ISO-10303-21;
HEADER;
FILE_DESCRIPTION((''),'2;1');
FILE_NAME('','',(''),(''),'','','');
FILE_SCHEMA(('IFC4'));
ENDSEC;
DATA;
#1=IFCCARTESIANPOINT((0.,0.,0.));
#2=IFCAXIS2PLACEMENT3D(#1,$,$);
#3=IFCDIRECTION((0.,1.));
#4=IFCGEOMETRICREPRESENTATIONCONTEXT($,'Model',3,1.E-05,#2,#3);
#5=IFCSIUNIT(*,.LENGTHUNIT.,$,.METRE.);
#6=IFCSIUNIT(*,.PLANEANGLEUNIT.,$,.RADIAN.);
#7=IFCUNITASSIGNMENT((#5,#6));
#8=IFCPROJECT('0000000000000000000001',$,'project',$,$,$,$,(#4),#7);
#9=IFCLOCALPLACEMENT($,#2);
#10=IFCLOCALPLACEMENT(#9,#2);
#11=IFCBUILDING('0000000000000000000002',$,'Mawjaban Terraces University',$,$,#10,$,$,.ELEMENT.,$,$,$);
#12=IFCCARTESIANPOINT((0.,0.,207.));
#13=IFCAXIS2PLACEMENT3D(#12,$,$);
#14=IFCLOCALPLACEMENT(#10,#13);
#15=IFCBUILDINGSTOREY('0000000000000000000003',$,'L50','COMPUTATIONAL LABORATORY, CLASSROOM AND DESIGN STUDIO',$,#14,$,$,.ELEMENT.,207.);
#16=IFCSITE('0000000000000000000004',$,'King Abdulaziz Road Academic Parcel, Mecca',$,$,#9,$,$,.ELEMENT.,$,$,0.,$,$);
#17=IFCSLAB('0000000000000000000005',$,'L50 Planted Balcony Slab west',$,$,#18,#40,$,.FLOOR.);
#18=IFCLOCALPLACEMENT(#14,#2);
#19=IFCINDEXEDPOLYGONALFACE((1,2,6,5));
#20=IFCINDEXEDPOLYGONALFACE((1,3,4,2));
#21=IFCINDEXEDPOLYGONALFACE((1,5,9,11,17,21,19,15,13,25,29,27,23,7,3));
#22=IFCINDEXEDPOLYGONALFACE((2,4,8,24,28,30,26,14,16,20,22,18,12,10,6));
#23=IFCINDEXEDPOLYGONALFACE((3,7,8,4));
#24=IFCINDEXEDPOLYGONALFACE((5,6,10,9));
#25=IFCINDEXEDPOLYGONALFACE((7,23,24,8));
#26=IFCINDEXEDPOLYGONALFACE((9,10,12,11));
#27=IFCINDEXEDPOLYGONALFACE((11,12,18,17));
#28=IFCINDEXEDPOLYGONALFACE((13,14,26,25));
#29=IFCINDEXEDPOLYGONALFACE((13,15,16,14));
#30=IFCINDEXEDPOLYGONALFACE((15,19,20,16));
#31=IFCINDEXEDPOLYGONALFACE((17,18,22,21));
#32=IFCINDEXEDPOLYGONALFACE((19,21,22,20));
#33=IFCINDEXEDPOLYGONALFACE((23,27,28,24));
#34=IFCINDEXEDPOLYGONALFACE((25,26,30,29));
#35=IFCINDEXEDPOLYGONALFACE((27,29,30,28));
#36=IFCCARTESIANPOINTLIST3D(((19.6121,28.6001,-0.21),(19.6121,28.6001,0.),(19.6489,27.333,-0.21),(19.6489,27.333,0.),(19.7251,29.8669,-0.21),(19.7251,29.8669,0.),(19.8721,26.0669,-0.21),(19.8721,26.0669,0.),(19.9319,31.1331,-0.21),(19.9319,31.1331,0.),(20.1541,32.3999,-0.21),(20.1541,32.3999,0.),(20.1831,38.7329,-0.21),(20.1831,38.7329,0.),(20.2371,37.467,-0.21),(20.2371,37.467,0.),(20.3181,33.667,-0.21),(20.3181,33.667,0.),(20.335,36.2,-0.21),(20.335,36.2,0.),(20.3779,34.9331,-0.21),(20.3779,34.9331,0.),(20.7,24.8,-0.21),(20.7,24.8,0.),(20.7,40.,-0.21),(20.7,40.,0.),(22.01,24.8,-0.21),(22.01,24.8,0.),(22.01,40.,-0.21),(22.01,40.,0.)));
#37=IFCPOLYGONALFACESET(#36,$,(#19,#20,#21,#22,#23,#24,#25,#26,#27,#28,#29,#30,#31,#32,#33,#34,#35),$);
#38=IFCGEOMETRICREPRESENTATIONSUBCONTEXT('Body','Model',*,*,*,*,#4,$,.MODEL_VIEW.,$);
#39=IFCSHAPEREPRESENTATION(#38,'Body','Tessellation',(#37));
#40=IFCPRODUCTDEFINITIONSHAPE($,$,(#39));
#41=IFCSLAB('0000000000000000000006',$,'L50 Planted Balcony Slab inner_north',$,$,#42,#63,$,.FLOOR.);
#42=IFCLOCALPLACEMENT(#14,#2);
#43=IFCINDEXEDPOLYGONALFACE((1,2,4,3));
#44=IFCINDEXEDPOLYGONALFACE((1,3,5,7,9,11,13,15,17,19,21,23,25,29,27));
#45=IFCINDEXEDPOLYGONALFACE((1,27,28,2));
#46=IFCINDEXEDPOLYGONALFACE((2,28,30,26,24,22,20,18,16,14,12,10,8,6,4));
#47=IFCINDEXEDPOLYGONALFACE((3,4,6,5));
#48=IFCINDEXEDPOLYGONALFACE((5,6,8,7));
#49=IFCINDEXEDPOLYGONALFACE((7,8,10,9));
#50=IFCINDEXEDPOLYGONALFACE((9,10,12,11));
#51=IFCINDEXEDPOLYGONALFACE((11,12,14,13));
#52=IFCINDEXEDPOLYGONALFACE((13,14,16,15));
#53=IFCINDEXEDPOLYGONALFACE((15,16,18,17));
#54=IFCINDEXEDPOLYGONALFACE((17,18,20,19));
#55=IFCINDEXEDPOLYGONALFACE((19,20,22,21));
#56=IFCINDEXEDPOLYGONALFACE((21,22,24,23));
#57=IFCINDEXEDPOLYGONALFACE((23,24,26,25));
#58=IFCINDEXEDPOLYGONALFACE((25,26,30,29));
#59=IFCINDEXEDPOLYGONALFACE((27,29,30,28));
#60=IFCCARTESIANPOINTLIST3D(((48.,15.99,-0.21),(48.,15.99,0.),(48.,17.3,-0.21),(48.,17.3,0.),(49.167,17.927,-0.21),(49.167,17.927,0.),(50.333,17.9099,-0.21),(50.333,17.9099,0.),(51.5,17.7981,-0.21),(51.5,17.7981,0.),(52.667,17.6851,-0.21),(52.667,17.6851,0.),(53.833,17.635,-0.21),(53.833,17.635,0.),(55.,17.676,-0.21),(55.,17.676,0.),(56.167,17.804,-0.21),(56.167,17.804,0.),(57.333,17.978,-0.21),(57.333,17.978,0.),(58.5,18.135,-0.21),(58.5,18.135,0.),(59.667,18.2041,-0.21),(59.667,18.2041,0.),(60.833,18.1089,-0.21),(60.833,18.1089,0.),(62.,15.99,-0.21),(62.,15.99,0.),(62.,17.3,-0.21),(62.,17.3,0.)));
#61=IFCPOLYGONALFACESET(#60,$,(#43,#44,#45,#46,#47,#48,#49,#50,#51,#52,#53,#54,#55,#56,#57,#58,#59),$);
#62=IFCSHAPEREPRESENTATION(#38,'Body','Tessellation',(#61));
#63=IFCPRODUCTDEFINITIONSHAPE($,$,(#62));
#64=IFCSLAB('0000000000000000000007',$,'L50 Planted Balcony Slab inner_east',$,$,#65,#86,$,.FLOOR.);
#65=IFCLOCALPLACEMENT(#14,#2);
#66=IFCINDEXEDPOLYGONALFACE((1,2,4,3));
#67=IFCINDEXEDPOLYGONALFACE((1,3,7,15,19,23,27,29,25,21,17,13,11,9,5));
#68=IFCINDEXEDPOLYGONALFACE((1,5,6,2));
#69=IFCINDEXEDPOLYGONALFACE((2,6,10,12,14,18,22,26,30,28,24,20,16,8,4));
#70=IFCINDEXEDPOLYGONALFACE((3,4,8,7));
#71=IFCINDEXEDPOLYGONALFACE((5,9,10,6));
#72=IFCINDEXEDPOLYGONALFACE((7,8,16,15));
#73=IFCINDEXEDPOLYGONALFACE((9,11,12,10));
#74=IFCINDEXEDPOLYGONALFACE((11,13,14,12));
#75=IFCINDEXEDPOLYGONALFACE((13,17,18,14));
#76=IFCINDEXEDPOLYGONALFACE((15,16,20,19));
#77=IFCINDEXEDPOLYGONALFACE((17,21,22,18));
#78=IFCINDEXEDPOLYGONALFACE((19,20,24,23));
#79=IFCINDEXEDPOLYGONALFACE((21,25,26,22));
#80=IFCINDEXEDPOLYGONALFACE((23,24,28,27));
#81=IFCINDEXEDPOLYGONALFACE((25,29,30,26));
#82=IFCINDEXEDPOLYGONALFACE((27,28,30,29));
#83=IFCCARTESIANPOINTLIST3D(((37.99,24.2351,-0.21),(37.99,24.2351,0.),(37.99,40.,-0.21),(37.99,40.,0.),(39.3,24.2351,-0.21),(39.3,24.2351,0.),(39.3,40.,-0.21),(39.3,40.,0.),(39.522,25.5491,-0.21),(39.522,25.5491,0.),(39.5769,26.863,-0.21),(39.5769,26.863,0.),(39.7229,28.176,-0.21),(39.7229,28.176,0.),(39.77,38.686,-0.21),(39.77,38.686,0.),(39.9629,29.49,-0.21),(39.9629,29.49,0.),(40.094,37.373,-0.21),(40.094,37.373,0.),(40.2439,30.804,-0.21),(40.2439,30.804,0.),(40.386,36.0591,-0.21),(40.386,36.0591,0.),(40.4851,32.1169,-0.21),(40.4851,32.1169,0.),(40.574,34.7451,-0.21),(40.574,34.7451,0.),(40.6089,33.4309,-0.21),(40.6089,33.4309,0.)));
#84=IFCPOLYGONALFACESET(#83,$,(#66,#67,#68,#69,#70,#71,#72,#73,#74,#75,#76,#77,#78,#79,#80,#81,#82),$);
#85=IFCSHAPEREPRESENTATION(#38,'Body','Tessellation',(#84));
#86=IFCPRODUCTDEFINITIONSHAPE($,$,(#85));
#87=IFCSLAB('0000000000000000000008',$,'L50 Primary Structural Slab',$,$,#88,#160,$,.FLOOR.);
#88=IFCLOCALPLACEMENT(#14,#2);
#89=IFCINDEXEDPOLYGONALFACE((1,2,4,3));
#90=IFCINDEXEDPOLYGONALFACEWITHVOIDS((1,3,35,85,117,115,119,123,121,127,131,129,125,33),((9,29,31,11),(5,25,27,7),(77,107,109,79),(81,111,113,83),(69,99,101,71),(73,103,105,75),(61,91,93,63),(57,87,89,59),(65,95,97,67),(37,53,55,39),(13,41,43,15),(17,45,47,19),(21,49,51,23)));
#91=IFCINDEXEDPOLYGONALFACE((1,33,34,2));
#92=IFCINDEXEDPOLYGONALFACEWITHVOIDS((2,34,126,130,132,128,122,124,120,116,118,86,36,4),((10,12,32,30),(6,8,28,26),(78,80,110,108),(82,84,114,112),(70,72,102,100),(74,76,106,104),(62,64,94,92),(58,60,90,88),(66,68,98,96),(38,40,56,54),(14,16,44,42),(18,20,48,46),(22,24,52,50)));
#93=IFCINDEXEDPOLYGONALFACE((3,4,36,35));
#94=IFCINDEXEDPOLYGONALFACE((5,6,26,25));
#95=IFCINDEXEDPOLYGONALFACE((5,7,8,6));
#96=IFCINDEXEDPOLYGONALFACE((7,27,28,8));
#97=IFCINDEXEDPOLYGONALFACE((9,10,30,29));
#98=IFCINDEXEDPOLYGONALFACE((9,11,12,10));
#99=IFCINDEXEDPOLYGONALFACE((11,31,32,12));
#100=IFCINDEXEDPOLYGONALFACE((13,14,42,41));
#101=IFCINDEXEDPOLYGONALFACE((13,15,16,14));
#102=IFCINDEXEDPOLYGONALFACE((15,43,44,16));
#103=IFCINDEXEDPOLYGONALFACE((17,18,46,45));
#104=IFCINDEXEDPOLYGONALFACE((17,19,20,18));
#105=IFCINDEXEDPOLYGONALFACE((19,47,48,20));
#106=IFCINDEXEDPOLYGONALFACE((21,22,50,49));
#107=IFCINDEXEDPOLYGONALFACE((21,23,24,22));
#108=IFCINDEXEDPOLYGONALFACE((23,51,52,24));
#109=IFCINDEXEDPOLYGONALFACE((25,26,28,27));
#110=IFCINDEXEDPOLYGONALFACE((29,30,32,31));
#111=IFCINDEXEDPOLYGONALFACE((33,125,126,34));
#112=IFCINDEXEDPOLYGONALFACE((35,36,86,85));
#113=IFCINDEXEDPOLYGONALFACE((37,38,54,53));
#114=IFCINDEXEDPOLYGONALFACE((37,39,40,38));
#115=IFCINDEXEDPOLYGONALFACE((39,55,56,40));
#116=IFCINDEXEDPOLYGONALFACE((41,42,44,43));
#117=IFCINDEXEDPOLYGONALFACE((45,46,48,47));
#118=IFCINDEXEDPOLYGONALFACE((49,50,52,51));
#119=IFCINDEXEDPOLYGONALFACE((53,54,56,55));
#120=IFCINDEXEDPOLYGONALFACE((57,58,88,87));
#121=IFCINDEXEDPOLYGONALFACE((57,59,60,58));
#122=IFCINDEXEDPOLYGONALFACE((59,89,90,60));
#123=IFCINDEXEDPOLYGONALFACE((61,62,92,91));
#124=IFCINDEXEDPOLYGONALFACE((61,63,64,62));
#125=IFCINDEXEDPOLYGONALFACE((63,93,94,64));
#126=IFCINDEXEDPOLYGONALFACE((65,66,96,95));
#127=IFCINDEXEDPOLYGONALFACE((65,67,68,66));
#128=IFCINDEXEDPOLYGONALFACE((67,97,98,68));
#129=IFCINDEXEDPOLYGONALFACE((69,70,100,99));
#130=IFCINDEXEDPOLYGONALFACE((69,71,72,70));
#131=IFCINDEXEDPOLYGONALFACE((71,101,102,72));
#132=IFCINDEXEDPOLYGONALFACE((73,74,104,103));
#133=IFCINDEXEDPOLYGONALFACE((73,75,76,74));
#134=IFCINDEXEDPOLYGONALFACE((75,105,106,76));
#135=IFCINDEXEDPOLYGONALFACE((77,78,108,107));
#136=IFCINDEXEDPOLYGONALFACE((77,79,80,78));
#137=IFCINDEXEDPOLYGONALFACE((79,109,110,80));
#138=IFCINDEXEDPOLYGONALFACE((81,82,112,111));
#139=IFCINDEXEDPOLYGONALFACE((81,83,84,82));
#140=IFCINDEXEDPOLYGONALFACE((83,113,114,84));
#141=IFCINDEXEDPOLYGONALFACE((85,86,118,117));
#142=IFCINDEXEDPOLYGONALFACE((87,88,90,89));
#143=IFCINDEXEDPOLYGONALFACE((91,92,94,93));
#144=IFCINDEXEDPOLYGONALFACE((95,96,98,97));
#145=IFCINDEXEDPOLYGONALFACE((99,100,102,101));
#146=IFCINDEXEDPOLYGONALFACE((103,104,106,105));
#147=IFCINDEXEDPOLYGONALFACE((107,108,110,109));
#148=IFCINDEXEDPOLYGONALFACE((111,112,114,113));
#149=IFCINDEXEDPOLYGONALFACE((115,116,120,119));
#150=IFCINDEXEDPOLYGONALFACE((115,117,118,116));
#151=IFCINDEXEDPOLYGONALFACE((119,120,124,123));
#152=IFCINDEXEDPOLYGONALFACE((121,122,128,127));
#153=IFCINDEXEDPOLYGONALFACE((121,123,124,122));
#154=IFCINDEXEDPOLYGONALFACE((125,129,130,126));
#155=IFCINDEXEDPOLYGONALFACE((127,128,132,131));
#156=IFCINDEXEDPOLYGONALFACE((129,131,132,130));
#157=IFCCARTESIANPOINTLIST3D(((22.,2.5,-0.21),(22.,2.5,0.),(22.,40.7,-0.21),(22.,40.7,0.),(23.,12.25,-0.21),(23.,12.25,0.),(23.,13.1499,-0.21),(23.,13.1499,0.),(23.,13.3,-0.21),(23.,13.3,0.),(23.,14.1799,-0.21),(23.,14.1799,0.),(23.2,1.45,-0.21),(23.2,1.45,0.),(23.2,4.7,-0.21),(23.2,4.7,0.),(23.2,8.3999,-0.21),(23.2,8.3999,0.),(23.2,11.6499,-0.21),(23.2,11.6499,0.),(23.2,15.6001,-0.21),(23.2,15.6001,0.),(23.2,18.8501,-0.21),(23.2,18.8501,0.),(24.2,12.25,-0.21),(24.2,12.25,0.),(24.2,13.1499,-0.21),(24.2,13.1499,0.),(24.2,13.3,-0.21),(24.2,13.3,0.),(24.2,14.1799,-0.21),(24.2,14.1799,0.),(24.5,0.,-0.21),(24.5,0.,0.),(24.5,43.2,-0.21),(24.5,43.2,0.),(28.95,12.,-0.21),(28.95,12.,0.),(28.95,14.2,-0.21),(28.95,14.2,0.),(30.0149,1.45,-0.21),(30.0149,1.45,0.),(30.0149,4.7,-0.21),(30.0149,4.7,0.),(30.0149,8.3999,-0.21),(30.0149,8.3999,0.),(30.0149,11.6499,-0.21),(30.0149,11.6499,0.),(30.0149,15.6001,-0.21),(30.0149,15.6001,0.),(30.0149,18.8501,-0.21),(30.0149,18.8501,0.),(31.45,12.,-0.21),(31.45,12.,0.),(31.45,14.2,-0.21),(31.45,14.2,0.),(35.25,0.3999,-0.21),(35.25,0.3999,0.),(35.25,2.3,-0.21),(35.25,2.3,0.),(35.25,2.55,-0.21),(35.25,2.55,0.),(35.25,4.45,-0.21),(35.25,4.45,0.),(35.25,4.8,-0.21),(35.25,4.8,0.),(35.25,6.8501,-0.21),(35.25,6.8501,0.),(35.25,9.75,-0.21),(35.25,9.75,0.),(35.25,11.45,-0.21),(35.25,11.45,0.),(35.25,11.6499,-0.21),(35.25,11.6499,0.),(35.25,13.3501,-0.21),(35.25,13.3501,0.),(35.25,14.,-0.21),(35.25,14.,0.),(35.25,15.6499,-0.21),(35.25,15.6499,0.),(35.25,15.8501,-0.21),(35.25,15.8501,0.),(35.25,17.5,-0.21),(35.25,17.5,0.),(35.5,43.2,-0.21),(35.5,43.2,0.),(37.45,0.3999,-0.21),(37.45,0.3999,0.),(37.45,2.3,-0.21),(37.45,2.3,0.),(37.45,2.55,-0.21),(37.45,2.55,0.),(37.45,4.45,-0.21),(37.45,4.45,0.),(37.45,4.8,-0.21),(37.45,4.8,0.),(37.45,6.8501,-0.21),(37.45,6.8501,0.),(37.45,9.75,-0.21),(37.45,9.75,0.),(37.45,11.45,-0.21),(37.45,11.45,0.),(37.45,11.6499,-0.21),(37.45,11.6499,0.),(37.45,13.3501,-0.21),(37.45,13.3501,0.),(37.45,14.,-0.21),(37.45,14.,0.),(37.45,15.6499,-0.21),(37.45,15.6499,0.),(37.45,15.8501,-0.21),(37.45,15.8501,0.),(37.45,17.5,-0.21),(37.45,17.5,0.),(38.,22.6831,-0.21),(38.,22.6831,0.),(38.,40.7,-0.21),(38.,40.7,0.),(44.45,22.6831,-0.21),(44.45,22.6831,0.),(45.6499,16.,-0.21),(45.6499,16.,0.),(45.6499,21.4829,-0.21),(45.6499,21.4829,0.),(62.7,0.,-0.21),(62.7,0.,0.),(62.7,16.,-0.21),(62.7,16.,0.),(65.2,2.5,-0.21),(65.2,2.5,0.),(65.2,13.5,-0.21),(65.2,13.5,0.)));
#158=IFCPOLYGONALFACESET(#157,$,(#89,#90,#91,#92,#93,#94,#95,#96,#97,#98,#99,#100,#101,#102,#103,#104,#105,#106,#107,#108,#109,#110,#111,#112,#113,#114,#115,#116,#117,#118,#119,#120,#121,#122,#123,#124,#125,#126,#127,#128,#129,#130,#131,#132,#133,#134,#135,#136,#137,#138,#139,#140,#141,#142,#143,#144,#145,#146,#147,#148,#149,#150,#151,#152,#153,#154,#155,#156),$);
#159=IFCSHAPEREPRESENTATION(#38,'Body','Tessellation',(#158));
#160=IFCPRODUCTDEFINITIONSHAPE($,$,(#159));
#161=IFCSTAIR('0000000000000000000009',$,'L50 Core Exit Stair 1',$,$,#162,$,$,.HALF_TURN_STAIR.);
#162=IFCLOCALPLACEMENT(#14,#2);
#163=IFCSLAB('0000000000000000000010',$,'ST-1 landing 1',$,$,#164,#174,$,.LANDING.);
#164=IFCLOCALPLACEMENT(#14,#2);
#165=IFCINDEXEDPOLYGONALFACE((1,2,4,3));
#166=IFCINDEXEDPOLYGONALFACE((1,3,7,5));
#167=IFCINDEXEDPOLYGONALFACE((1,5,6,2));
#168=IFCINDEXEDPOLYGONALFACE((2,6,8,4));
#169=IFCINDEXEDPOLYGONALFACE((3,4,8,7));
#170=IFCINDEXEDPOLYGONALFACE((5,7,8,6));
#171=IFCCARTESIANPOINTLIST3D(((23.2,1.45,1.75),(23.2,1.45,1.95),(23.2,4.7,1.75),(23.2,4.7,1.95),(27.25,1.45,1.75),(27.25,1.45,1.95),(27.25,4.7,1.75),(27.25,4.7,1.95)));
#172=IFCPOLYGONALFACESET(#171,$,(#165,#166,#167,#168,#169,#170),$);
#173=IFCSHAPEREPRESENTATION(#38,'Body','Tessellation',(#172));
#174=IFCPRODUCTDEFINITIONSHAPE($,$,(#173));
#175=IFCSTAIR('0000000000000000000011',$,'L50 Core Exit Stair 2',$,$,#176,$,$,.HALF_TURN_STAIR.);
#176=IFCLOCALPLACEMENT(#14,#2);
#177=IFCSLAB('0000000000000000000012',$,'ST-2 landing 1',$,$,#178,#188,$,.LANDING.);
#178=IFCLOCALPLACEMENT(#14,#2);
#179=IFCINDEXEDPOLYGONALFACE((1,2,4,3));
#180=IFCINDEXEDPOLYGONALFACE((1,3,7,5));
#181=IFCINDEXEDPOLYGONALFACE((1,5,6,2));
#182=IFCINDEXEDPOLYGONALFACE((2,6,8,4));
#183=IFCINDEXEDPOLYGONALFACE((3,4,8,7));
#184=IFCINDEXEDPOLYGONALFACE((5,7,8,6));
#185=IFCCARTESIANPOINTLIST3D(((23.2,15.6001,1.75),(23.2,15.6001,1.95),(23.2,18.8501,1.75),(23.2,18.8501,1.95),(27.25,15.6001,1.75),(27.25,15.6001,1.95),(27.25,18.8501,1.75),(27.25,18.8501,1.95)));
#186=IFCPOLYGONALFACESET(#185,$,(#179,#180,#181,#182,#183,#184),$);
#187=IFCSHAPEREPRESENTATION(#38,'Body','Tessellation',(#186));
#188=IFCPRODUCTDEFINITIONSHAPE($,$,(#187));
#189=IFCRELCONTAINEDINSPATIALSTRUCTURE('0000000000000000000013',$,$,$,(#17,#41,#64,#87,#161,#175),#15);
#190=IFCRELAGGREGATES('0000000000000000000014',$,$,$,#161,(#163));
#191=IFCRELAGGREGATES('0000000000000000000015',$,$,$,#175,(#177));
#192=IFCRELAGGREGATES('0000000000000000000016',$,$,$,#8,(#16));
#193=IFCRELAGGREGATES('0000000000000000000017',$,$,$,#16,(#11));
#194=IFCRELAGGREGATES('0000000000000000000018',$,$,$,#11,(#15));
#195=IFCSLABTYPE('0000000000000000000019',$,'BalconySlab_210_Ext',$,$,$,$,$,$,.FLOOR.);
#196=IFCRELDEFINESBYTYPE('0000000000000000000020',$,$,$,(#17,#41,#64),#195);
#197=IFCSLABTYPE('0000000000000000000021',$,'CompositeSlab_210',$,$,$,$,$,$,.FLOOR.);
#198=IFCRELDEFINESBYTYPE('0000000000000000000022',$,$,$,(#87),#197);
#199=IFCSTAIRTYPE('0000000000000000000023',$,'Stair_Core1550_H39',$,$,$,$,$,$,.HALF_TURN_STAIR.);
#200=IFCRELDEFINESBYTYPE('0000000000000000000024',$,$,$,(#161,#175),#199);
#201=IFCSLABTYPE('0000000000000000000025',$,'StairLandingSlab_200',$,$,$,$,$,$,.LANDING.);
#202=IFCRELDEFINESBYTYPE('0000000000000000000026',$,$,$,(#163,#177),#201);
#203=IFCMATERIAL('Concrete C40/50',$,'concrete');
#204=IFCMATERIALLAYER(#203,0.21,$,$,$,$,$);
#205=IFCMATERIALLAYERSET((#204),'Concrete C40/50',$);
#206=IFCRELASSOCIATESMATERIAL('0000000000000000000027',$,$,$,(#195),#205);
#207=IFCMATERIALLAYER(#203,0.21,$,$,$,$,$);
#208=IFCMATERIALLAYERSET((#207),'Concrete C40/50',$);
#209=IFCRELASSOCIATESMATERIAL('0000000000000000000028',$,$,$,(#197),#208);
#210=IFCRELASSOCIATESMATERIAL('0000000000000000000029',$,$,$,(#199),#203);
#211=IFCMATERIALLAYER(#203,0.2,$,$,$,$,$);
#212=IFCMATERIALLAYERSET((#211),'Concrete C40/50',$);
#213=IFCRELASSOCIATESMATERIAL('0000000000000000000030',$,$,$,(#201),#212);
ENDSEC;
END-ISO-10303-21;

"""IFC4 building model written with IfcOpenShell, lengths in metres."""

from ifc_helpers import new_model, si_unit, direction, frame, origin, place, context, subcontext, project, spatial, polyline, outline, extrude, material, layer, layer_set, type_object, element, aggregate, save


model = new_model("IFC4")

# Units and contexts
model_context = context("Model", 3, precision=1e-05, world=origin(), true_north=direction((0.0, 1.0)))
body_context = subcontext(model_context, "Body", "Model", "MODEL_VIEW")
ifc_project = project(units=[si_unit("LENGTHUNIT", "METRE"), si_unit("PLANEANGLEUNIT", "RADIAN")], contexts=[model_context])

# Site, building, storey
site_placement = place(None, origin())
site = spatial("IfcSite", under=ifc_project, at=site_placement, Name="King Abdulaziz Road Academic Parcel, Mecca", CompositionType="ELEMENT", RefElevation=0.0)
building_placement = place(site_placement, origin())
building = spatial("IfcBuilding", under=site, at=building_placement, Name="Mawjaban Terraces University", CompositionType="ELEMENT")
storey_placement = place(building_placement, frame((0.0, 0.0, 207.0)))
storey = spatial("IfcBuildingStorey", under=building, at=storey_placement, Name="L50", Description="COMPUTATIONAL LABORATORY, CLASSROOM AND DESIGN STUDIO", CompositionType="ELEMENT", Elevation=207.0)

# Slabs
ifc_material_1 = material(Name="Concrete C40/50", Category="concrete")
ifc_layer_1 = layer(ifc_material_1, 0.21)
ifc_layer_set_1 = layer_set([ifc_layer_1], Name="Concrete C40/50")
slab_type_1 = type_object("IfcSlabType", Name="BalconySlab_210_Ext", PredefinedType="FLOOR", material=ifc_layer_set_1)
slab_1_placement = place(storey_placement, frame((0.0, 0.0, -0.21)))
element("IfcSlab", 1, at=slab_1_placement, inside=storey, type_object=slab_type_1, Name="L50 Planted Balcony Slab west", PredefinedType="FLOOR", context=body_context, shape_type="SweptSolid", body=[
    extrude(outline(polyline([(22.01, 24.8), (22.01, 40.0), (20.7, 40.0), (20.1831, 38.7329), (20.2371, 37.467), (20.335, 36.2), (20.3779, 34.9331), (20.3181, 33.667), (20.1541, 32.3999), (19.9319, 31.1331), (19.7251, 29.8669), (19.6121, 28.6001), (19.6489, 27.333), (19.8721, 26.0669), (20.7, 24.8), (22.01, 24.8)])), origin(), (0.0, 0.0, 1.0), 0.21),
])
slab_2_placement = place(storey_placement, frame((0.0, 0.0, -0.21)))
element("IfcSlab", 2, at=slab_2_placement, inside=storey, type_object=slab_type_1, Name="L50 Planted Balcony Slab inner_north", PredefinedType="FLOOR", context=body_context, shape_type="SweptSolid", body=[
    extrude(outline(polyline([(48.0, 15.99), (62.0, 15.99), (62.0, 17.3), (60.833, 18.1089), (59.667, 18.2041), (58.5, 18.135), (57.333, 17.978), (56.167, 17.804), (55.0, 17.676), (53.833, 17.635), (52.667, 17.6851), (51.5, 17.7981), (50.333, 17.9099), (49.167, 17.927), (48.0, 17.3), (48.0, 15.99)])), origin(), (0.0, 0.0, 1.0), 0.21),
])
slab_3_placement = place(storey_placement, frame((0.0, 0.0, -0.21)))
element("IfcSlab", 3, at=slab_3_placement, inside=storey, type_object=slab_type_1, Name="L50 Planted Balcony Slab inner_east", PredefinedType="FLOOR", context=body_context, shape_type="SweptSolid", body=[
    extrude(outline(polyline([(39.3, 24.2351), (39.522, 25.5491), (39.5769, 26.863), (39.7229, 28.176), (39.9629, 29.49), (40.2439, 30.804), (40.4851, 32.1169), (40.6089, 33.4309), (40.574, 34.7451), (40.386, 36.0591), (40.094, 37.373), (39.77, 38.686), (39.3, 40.0), (37.99, 40.0), (37.99, 24.2351), (39.3, 24.2351)])), origin(), (0.0, 0.0, 1.0), 0.21),
])
ifc_layer_2 = layer(ifc_material_1, 0.21)
ifc_layer_set_2 = layer_set([ifc_layer_2], Name="Concrete C40/50")
slab_type_2 = type_object("IfcSlabType", Name="CompositeSlab_210", PredefinedType="FLOOR", material=ifc_layer_set_2)
slab_4_placement = place(storey_placement, frame((0.0, 0.0, -0.21)))
element("IfcSlab", 4, at=slab_4_placement, inside=storey, type_object=slab_type_2, Name="L50 Primary Structural Slab", PredefinedType="FLOOR", context=body_context, shape_type="SweptSolid", body=[
    extrude(outline(polyline([(24.5, 0.0), (62.7, 0.0), (65.2, 2.5), (65.2, 13.5), (62.7, 16.0), (45.6499, 16.0), (45.6499, 21.4829), (44.45, 22.6831), (38.0, 22.6831), (38.0, 40.7), (35.5, 43.2), (24.5, 43.2), (22.0, 40.7), (22.0, 2.5), (24.5, 0.0)]), holes=[polyline([(30.0149, 4.7), (23.2, 4.7), (23.2, 1.45), (30.0149, 1.45), (30.0149, 4.7)]), polyline([(30.0149, 18.8501), (23.2, 18.8501), (23.2, 15.6001), (30.0149, 15.6001), (30.0149, 18.8501)]), polyline([(30.0149, 11.6499), (23.2, 11.6499), (23.2, 8.3999), (30.0149, 8.3999), (30.0149, 11.6499)]), polyline([(35.25, 0.3999), (37.45, 0.3999), (37.45, 2.3), (35.25, 2.3), (35.25, 0.3999)]), polyline([(35.25, 2.55), (37.45, 2.55), (37.45, 4.45), (35.25, 4.45), (35.25, 2.55)]), polyline([(35.25, 4.8), (37.45, 4.8), (37.45, 6.8501), (35.25, 6.8501), (35.25, 4.8)]), polyline([(35.25, 9.75), (37.45, 9.75), (37.45, 11.45), (35.25, 11.45), (35.25, 9.75)]), polyline([(35.25, 11.6499), (37.45, 11.6499), (37.45, 13.3501), (35.25, 13.3501), (35.25, 11.6499)]), polyline([(28.95, 12.0), (31.45, 12.0), (31.45, 14.2), (28.95, 14.2), (28.95, 12.0)]), polyline([(35.25, 14.0), (37.45, 14.0), (37.45, 15.6499), (35.25, 15.6499), (35.25, 14.0)]), polyline([(35.25, 15.8501), (37.45, 15.8501), (37.45, 17.5), (35.25, 17.5), (35.25, 15.8501)]), polyline([(23.0, 12.25), (24.2, 12.25), (24.2, 13.1499), (23.0, 13.1499), (23.0, 12.25)]), polyline([(23.0, 13.3), (24.2, 13.3), (24.2, 14.1799), (23.0, 14.1799), (23.0, 13.3)])]), origin(), (0.0, 0.0, 1.0), 0.21),
])

# Stairs, slabs
stair_type = type_object("IfcStairType", Name="Stair_Core1550_H39", PredefinedType="HALF_TURN_STAIR", material=ifc_material_1)
stair_1_placement = place(storey_placement, origin())
stair_1 = element("IfcStair", 5, at=stair_1_placement, inside=storey, type_object=stair_type, Name="L50 Core Exit Stair 1", PredefinedType="HALF_TURN_STAIR")
ifc_layer_3 = layer(ifc_material_1, 0.2)
ifc_layer_set_3 = layer_set([ifc_layer_3], Name="Concrete C40/50")
slab_type_3 = type_object("IfcSlabType", Name="StairLandingSlab_200", PredefinedType="LANDING", material=ifc_layer_set_3)
slab_5_placement = place(storey_placement, frame((0.0, 0.0, 1.75)))
slab_5 = element("IfcSlab", 6, at=slab_5_placement, type_object=slab_type_3, Name="ST-1 landing 1", PredefinedType="LANDING", context=body_context, shape_type="SweptSolid", body=[
    extrude(outline(polyline([(27.25, 4.7), (23.2, 4.7), (23.2, 1.45), (27.25, 1.45), (27.25, 4.7)])), origin(), (0.0, 0.0, 1.0), 0.2),
])
aggregate(stair_1, [slab_5])
stair_2_placement = place(storey_placement, origin())
stair_2 = element("IfcStair", 7, at=stair_2_placement, inside=storey, type_object=stair_type, Name="L50 Core Exit Stair 2", PredefinedType="HALF_TURN_STAIR")
slab_6_placement = place(storey_placement, frame((0.0, 0.0, 1.75)))
slab_6 = element("IfcSlab", 8, at=slab_6_placement, type_object=slab_type_3, Name="ST-2 landing 1", PredefinedType="LANDING", context=body_context, shape_type="SweptSolid", body=[
    extrude(outline(polyline([(27.25, 18.8501), (23.2, 18.8501), (23.2, 15.6001), (27.25, 15.6001), (27.25, 18.8501)])), origin(), (0.0, 0.0, 1.0), 0.2),
])
aggregate(stair_2, [slab_6])

save(model, "model.ifc")
